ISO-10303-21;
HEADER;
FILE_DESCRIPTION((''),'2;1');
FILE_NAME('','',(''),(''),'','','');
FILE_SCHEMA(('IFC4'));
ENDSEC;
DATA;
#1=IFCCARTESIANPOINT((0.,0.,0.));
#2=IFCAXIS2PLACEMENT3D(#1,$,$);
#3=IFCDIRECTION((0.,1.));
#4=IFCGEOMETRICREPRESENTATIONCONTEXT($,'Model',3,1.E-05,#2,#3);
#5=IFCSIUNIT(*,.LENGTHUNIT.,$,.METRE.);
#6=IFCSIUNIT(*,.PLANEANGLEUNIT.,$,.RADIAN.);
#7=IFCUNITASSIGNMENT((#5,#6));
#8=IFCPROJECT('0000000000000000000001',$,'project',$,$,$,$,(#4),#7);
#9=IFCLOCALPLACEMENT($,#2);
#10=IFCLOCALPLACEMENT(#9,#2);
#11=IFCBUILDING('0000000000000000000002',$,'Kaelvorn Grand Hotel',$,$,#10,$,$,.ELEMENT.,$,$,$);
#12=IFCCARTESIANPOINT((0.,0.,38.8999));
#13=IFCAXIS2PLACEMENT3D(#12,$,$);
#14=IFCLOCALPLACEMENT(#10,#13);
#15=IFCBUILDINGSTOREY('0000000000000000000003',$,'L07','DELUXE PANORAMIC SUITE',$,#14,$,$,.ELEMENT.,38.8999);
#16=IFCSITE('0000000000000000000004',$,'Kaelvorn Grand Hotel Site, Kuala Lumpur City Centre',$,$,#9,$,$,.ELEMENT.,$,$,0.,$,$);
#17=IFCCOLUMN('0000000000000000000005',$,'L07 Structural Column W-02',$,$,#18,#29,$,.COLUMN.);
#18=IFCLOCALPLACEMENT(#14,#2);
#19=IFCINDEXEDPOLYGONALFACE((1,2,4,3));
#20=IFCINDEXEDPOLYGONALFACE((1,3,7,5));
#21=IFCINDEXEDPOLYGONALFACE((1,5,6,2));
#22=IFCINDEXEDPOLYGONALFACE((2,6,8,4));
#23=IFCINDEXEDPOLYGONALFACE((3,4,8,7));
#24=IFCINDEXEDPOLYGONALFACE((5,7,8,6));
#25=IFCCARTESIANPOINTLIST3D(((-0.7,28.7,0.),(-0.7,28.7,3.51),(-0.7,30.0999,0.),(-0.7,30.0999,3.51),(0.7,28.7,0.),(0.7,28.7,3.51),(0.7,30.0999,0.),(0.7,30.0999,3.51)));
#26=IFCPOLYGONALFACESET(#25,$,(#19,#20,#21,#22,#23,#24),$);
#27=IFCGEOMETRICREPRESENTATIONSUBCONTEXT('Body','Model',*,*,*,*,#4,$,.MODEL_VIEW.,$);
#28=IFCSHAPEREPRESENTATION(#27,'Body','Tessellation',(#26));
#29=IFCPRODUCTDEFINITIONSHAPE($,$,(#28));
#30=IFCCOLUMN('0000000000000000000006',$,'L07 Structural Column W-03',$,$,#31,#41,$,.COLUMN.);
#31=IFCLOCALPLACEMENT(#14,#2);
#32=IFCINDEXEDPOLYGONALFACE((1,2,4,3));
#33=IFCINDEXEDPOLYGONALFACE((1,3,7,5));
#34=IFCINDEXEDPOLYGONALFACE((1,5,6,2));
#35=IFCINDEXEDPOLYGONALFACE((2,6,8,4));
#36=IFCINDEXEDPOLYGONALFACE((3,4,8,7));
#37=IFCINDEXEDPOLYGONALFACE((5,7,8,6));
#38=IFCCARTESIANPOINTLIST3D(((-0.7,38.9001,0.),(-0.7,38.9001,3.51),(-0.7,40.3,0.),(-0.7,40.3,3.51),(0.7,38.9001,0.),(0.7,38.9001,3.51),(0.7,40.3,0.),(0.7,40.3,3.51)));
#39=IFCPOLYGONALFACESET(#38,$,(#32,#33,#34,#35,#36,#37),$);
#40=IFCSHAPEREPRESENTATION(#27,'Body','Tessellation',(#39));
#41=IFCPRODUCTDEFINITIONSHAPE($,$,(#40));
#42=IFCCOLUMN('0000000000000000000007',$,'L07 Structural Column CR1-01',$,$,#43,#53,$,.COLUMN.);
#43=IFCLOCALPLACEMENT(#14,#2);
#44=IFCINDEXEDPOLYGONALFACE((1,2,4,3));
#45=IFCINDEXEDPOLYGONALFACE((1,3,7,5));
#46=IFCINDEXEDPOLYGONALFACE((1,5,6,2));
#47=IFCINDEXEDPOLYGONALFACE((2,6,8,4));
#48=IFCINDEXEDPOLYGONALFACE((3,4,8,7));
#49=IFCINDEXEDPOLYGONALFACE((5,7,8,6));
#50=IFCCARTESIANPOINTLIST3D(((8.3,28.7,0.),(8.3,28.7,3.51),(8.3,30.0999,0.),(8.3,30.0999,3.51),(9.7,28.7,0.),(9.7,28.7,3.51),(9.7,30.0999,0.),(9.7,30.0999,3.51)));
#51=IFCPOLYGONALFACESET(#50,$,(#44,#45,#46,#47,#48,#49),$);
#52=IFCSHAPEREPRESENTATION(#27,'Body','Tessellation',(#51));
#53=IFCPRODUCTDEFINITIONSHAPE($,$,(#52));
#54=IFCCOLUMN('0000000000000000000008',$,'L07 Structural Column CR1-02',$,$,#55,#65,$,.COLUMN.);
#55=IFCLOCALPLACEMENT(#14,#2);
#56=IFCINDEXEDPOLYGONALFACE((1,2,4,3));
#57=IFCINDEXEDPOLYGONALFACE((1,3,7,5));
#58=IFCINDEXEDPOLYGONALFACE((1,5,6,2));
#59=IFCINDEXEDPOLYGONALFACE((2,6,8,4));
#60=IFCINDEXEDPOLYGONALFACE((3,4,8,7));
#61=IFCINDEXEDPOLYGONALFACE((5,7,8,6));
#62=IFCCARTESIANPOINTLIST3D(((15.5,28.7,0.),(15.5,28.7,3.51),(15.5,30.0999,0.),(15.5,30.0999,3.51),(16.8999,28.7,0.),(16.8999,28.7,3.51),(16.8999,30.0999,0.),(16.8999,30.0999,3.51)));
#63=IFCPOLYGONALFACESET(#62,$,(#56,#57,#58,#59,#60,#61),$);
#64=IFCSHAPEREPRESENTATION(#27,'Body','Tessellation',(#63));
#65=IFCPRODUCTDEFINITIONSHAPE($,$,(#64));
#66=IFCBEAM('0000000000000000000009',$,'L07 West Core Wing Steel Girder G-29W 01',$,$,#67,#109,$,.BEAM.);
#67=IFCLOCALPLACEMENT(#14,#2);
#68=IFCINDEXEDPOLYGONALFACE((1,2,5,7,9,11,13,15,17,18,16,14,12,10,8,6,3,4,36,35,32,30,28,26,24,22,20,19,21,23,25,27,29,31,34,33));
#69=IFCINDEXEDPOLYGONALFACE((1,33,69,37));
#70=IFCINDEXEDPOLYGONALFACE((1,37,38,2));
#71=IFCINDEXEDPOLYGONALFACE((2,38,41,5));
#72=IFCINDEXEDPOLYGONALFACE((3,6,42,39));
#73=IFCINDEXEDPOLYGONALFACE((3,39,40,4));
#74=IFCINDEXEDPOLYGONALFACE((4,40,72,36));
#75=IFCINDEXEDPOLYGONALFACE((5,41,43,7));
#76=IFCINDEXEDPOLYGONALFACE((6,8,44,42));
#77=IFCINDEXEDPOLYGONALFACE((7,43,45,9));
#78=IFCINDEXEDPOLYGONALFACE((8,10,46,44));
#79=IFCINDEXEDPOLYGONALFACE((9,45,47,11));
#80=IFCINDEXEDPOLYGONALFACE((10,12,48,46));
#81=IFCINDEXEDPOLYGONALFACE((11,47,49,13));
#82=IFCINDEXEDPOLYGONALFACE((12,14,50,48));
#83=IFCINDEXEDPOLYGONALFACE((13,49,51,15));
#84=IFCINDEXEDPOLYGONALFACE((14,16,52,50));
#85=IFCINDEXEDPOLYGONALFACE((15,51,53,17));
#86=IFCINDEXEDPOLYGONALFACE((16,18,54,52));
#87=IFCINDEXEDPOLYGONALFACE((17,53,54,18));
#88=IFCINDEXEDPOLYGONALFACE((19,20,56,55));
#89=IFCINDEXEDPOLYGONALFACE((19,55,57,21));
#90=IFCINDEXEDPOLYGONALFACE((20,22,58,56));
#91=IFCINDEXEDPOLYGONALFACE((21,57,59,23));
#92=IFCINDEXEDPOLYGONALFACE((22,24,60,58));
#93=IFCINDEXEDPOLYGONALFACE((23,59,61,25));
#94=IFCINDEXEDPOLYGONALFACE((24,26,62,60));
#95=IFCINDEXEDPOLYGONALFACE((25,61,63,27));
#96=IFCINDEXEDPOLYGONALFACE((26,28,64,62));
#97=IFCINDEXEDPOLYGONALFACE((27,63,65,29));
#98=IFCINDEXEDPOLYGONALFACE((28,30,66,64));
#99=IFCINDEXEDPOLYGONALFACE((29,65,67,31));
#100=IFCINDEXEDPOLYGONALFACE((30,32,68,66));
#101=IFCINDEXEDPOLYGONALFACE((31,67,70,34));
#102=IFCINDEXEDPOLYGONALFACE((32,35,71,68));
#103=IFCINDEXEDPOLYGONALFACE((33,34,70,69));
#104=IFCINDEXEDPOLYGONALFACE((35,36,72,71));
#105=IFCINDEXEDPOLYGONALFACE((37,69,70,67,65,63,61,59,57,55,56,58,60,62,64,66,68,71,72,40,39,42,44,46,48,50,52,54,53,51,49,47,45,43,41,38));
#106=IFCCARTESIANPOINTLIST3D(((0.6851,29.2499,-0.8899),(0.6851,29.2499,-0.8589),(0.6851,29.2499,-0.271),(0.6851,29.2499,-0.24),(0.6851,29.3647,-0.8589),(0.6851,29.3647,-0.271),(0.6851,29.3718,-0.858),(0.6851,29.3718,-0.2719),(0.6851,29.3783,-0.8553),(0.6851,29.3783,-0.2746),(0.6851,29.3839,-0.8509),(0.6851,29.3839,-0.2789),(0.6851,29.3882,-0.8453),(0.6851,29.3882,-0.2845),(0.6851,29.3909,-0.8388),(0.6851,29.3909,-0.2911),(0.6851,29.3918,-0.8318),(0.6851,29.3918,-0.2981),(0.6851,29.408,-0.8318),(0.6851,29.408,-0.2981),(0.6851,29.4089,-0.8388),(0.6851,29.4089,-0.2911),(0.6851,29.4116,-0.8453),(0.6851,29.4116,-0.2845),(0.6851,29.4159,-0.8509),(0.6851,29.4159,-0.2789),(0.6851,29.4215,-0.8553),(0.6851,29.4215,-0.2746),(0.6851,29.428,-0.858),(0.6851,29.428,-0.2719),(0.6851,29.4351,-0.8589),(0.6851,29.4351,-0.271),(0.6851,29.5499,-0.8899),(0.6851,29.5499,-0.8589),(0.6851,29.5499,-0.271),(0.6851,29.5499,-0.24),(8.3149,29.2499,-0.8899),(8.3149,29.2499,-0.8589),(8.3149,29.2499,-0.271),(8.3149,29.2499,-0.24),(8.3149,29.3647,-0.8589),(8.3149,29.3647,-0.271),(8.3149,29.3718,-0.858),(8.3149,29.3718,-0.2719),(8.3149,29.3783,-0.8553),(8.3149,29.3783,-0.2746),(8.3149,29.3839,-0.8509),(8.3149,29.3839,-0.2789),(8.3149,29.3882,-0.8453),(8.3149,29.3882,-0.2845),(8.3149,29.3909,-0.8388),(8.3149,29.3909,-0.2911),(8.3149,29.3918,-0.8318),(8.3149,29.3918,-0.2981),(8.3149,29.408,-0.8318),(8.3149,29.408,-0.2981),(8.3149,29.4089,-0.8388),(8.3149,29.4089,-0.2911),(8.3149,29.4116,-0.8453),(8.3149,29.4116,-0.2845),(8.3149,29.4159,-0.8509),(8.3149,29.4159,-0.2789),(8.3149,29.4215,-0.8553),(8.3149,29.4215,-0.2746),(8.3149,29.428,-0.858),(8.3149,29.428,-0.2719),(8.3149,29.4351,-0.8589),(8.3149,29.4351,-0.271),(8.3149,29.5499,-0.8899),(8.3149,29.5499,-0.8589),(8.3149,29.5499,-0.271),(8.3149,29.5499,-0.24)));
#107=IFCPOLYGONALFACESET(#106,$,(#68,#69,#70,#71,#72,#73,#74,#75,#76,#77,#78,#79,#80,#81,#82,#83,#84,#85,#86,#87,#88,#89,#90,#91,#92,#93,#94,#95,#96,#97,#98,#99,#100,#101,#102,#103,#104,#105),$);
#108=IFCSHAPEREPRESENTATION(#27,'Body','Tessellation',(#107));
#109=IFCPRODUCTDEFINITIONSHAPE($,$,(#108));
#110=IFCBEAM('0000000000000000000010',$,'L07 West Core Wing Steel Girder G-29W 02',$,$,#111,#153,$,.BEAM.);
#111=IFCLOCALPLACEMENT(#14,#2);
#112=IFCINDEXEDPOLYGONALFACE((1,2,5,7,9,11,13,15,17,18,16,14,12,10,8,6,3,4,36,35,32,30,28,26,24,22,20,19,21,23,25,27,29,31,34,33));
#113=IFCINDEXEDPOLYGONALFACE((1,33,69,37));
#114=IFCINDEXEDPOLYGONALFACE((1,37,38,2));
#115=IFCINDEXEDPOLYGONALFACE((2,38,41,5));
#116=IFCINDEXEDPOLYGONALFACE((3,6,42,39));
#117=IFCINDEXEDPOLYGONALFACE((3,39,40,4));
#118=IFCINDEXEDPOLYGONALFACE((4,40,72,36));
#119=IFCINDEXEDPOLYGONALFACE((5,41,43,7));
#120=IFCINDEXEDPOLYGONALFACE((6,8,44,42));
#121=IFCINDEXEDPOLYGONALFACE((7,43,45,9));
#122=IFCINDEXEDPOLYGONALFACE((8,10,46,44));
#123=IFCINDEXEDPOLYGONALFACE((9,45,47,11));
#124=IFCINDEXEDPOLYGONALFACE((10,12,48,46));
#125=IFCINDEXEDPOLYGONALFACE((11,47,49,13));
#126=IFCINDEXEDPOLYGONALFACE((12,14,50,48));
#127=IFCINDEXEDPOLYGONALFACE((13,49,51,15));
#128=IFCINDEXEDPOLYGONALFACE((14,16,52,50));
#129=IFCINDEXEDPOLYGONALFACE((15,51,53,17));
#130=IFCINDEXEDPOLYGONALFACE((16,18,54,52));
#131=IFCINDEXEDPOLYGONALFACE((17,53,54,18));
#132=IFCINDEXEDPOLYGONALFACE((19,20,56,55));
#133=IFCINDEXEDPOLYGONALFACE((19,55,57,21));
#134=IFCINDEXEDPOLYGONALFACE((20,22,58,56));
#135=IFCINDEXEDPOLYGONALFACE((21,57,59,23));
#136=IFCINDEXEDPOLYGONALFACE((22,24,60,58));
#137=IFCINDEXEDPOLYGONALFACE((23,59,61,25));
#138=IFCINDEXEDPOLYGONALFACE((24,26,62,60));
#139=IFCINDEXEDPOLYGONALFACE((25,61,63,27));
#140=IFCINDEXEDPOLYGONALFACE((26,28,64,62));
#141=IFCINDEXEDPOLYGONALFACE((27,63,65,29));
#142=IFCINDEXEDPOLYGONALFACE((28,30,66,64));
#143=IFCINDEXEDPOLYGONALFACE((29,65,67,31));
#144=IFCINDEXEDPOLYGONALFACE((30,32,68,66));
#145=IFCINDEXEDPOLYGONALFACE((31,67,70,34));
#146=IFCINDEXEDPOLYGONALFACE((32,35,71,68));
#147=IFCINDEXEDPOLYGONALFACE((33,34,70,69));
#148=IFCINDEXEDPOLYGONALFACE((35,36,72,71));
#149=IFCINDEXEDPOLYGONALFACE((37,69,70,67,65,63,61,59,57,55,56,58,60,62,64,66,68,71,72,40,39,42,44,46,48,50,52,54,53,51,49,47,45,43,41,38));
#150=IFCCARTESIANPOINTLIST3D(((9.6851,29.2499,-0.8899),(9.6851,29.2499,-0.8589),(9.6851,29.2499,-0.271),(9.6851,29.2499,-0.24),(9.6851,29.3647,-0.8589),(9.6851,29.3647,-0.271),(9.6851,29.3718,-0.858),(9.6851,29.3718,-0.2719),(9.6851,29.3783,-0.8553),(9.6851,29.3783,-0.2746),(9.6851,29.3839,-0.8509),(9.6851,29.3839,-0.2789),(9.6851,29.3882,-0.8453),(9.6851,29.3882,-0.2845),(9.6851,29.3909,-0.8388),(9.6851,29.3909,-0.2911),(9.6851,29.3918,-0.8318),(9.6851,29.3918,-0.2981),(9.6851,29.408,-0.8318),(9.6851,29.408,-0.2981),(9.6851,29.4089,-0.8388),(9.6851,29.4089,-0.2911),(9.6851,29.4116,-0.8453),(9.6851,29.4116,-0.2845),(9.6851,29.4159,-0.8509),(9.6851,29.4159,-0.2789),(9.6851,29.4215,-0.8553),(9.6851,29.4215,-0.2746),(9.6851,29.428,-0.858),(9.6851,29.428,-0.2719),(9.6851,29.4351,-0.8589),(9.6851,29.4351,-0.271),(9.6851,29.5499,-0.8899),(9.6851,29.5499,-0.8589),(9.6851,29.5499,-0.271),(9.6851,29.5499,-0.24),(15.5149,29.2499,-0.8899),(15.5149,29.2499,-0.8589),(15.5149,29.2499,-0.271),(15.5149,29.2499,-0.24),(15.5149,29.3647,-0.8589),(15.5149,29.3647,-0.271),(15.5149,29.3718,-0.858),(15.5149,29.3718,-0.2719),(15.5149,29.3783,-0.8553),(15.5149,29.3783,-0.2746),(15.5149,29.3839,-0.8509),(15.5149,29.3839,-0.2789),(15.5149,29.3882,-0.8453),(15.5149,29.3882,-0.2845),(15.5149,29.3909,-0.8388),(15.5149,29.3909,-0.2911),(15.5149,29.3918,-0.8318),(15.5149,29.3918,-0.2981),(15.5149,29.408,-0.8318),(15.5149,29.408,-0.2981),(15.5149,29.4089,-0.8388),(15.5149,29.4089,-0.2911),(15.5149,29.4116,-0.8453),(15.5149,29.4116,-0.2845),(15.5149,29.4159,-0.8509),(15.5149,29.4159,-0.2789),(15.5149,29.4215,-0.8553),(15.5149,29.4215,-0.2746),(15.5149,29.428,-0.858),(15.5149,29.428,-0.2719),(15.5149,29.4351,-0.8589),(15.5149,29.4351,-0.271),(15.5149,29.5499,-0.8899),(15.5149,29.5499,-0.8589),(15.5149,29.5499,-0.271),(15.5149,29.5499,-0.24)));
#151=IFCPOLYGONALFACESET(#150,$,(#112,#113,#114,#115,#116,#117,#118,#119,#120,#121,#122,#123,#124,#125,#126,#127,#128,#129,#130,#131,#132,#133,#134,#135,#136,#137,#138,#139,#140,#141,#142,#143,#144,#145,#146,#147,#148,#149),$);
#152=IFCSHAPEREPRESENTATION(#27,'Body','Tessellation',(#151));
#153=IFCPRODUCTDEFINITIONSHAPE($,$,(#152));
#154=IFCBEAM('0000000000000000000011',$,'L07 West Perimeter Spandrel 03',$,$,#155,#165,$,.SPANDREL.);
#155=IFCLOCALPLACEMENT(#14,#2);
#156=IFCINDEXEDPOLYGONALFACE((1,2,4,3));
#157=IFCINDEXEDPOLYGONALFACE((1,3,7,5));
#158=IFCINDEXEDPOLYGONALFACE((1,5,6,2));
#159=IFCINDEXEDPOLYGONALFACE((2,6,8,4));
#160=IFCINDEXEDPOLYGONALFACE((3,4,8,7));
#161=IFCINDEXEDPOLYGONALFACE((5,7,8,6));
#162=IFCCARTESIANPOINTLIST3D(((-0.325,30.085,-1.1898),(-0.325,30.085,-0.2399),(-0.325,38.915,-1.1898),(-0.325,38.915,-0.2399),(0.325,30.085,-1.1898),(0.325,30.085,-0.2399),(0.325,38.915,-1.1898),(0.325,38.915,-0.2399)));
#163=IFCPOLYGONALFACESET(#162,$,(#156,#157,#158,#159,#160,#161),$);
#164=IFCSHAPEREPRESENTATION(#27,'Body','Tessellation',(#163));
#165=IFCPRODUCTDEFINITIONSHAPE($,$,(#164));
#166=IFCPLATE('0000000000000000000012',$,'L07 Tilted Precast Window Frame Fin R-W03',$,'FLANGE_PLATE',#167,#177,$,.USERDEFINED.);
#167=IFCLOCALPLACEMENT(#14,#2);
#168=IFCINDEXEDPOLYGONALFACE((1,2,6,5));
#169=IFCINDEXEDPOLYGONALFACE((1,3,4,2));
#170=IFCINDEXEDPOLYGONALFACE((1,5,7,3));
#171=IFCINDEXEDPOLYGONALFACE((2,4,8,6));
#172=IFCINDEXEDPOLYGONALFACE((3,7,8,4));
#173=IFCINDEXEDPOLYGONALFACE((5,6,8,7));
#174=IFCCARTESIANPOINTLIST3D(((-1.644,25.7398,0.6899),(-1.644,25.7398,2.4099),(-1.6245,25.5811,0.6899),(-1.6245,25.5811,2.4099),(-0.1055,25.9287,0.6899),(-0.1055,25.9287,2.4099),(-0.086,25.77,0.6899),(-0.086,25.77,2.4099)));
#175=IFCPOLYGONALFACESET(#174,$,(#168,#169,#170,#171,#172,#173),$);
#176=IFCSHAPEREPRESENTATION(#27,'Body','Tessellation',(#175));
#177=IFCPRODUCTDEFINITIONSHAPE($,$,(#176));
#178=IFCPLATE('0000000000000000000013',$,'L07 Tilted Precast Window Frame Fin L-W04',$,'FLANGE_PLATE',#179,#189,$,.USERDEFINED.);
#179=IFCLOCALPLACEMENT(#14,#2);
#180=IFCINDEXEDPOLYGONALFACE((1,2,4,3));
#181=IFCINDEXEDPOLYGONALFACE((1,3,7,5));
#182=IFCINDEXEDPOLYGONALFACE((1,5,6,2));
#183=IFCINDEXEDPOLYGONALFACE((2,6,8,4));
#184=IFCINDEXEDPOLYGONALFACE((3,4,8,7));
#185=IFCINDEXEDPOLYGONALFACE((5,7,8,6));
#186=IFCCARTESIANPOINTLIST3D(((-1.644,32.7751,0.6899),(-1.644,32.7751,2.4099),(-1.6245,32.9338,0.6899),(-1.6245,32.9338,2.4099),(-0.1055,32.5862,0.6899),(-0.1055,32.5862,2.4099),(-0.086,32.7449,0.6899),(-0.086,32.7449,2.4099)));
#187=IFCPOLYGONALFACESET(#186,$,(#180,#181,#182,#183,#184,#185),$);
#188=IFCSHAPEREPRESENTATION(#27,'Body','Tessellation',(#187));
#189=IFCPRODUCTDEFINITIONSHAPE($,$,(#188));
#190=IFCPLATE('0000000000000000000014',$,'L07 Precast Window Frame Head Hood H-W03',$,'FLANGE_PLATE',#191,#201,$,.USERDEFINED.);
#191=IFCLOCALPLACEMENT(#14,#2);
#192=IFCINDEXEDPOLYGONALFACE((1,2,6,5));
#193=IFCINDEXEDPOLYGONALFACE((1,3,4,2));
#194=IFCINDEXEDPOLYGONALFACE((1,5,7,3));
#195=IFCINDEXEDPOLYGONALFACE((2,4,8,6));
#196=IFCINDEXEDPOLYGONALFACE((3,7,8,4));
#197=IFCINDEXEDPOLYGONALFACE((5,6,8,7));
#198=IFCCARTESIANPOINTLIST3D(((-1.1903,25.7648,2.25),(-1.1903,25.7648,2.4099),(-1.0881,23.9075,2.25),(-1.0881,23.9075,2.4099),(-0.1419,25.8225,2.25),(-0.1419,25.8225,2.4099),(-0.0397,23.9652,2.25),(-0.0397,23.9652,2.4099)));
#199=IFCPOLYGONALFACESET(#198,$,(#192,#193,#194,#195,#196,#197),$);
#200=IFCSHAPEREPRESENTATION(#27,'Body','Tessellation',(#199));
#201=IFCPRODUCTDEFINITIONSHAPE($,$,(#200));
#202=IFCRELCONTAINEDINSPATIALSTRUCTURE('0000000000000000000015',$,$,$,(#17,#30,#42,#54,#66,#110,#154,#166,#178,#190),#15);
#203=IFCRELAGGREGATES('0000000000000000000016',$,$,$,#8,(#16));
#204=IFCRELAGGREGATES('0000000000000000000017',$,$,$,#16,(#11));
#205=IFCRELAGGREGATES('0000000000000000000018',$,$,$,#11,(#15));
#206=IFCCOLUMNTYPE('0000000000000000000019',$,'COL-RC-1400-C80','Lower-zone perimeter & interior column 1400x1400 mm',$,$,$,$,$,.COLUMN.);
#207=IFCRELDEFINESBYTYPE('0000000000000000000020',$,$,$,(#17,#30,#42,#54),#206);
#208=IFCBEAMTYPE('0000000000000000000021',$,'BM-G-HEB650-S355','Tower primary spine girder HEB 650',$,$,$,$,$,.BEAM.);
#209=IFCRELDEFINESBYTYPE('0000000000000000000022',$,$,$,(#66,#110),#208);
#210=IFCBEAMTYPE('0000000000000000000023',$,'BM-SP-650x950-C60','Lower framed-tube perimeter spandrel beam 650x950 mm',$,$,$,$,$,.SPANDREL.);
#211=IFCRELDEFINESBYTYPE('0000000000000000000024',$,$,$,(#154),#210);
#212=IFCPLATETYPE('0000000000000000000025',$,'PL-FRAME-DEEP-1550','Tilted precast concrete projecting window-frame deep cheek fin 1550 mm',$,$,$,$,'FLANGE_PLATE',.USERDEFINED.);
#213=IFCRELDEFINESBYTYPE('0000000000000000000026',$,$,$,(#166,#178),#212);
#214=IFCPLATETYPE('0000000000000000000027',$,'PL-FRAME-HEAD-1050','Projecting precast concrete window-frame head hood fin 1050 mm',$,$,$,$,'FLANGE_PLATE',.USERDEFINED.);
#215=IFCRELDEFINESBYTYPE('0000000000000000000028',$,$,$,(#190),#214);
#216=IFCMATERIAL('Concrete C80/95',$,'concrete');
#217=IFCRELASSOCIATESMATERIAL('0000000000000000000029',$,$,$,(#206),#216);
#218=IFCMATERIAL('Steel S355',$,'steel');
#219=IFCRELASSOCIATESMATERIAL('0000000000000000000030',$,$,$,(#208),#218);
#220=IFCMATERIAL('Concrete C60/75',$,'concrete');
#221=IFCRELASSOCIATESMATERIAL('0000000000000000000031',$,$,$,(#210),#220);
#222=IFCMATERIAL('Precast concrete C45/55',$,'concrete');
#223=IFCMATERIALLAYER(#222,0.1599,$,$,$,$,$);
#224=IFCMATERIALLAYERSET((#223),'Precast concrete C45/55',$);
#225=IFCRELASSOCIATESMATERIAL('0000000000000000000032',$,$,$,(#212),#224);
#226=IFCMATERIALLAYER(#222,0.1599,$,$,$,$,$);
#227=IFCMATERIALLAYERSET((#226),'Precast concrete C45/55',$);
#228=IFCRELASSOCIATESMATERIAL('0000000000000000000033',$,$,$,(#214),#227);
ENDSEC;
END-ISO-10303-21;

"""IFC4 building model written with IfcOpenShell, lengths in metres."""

from ifc_helpers import new_model, si_unit, direction, frame, origin, origin_2d, place, context, subcontext, project, spatial, rectangle, i_section, extrude, material, layer, layer_set, material_profile, profile_set, type_object, element, save


model = new_model("IFC4")

# Units and contexts
model_context = context("Model", 3, precision=1e-05, world=origin(), true_north=direction((0.0, 1.0)))
body_context = subcontext(model_context, "Body", "Model", "MODEL_VIEW")
ifc_project = project(units=[si_unit("LENGTHUNIT", "METRE"), si_unit("PLANEANGLEUNIT", "RADIAN")], contexts=[model_context])

# Site, building, storey
site_placement = place(None, origin())
site = spatial("IfcSite", under=ifc_project, at=site_placement, Name="Kaelvorn Grand Hotel Site, Kuala Lumpur City Centre", CompositionType="ELEMENT", RefElevation=0.0)
building_placement = place(site_placement, origin())
building = spatial("IfcBuilding", under=site, at=building_placement, Name="Kaelvorn Grand Hotel", CompositionType="ELEMENT")
storey_placement = place(building_placement, frame((0.0, 0.0, 38.8999)))
storey = spatial("IfcBuildingStorey", under=building, at=storey_placement, Name="L07", Description="DELUXE PANORAMIC SUITE", CompositionType="ELEMENT", Elevation=38.8999)

# Columns
ifc_material_1 = material(Name="Concrete C80/95", Category="concrete")
ifc_material_profile_1 = material_profile(ifc_material_1, rectangle(XDim=1.3999, YDim=1.3999, at=origin_2d()), Name="RC COL 1400x1400")
ifc_profile_set_1 = profile_set([ifc_material_profile_1], Name="Concrete C80/95")
column_type = type_object("IfcColumnType", Name="COL-RC-1400-C80", Description="Lower-zone perimeter & interior column 1400x1400 mm", PredefinedType="COLUMN", material=ifc_profile_set_1)
for number, where, z_axis, x_axis, name in (
    (1, (0.0, 29.3999, 0.0), (0.0, 0.0, 1.0), (1.0, 0.0, 0.0), "L07 Structural Column W-02"),
    (2, (0.0, 39.6001, 0.0), (0.0, 0.0, 1.0), (1.0, 0.0, 0.0), "L07 Structural Column W-03"),
    (3, (9.0, 29.3999, 0.0), (0.0, 0.0, 1.0), (1.0, 0.0, 0.0), "L07 Structural Column CR1-01"),
    (4, (16.2, 29.3999, 0.0), (0.0, 0.0, 1.0), (1.0, 0.0, 0.0), "L07 Structural Column CR1-02"),
):
    element("IfcColumn", number, at=place(storey_placement, frame(where, z_axis=z_axis, x_axis=x_axis)), inside=storey, type_object=column_type, Name=name, PredefinedType="COLUMN", context=body_context, shape_type="SweptSolid", body=[
        extrude(rectangle(XDim=1.3999, YDim=1.3999, at=origin_2d()), origin(), (0.0, 0.0, 1.0), 3.51),
    ])

# Beams
ifc_material_2 = material(Name="Steel S355", Category="steel")
ifc_material_profile_2 = material_profile(ifc_material_2, i_section(OverallWidth=0.3, OverallDepth=0.6499, WebThickness=0.0161, FlangeThickness=0.031, FilletRadius=0.0271, at=origin_2d()), Name="HEB 650")
ifc_profile_set_2 = profile_set([ifc_material_profile_2], Name="Steel S355")
beam_type_1 = type_object("IfcBeamType", Name="BM-G-HEB650-S355", Description="Tower primary spine girder HEB 650", PredefinedType="BEAM", material=ifc_profile_set_2)
beam_1_placement = place(storey_placement, frame((0.6851, 29.3999, -0.5649), z_axis=(1.0, 0.0, 0.0), x_axis=(0.0, 1.0, 0.0)))
element("IfcBeam", 5, at=beam_1_placement, inside=storey, type_object=beam_type_1, Name="L07 West Core Wing Steel Girder G-29W 01", PredefinedType="BEAM", context=body_context, shape_type="SweptSolid", body=[
    extrude(i_section(OverallWidth=0.3, OverallDepth=0.6499, WebThickness=0.0161, FlangeThickness=0.031, FilletRadius=0.0271, at=origin_2d()), origin(), (0.0, 0.0, 1.0), 7.6299),
])
beam_2_placement = place(storey_placement, frame((9.6851, 29.3999, -0.5649), z_axis=(1.0, 0.0, 0.0), x_axis=(0.0, 1.0, 0.0)))
element("IfcBeam", 6, at=beam_2_placement, inside=storey, type_object=beam_type_1, Name="L07 West Core Wing Steel Girder G-29W 02", PredefinedType="BEAM", context=body_context, shape_type="SweptSolid", body=[
    extrude(i_section(OverallWidth=0.3, OverallDepth=0.6499, WebThickness=0.0161, FlangeThickness=0.031, FilletRadius=0.0271, at=origin_2d()), origin(), (0.0, 0.0, 1.0), 5.8298),
])
ifc_material_3 = material(Name="Concrete C60/75", Category="concrete")
ifc_material_profile_3 = material_profile(ifc_material_3, rectangle(XDim=0.6499, YDim=0.95, at=origin_2d()), Name="RC SPANDREL 650x950")
ifc_profile_set_3 = profile_set([ifc_material_profile_3], Name="Concrete C60/75")
beam_type_2 = type_object("IfcBeamType", Name="BM-SP-650x950-C60", Description="Lower framed-tube perimeter spandrel beam 650x950 mm", PredefinedType="SPANDREL", material=ifc_profile_set_3)
beam_3_placement = place(storey_placement, frame((0.0, 30.085, -0.7148), z_axis=(0.0, 1.0, 0.0), x_axis=(-1.0, 0.0, 0.0)))
element("IfcBeam", 7, at=beam_3_placement, inside=storey, type_object=beam_type_2, Name="L07 West Perimeter Spandrel 03", PredefinedType="SPANDREL", context=body_context, shape_type="SweptSolid", body=[
    extrude(rectangle(XDim=0.6499, YDim=0.95, at=origin_2d()), origin(), (0.0, 0.0, 1.0), 8.8301),
])

# Plates
ifc_material_4 = material(Name="Precast concrete C45/55", Category="concrete")
ifc_layer_1 = layer(ifc_material_4, 0.1599)
ifc_layer_set_1 = layer_set([ifc_layer_1], Name="Precast concrete C45/55")
plate_type_1 = type_object("IfcPlateType", Name="PL-FRAME-DEEP-1550", Description="Tilted precast concrete projecting window-frame deep cheek fin 1550 mm", ElementType="FLANGE_PLATE", PredefinedType="USERDEFINED", material=ifc_layer_set_1)
for number, where, z_axis, x_axis, name in (
    (8, (-0.865, 25.7549, 0.6899), (0.0, 0.0, 1.0), (-0.121869, 0.992546, 0.0), "L07 Tilted Precast Window Frame Fin R-W03"),
    (9, (-0.865, 32.76, 0.6899), (0.0, 0.0, 1.0), (0.121869, 0.992546, 0.0), "L07 Tilted Precast Window Frame Fin L-W04"),
):
    element("IfcPlate", number, at=place(storey_placement, frame(where, z_axis=z_axis, x_axis=x_axis)), inside=storey, type_object=plate_type_1, Name=name, ObjectType="FLANGE_PLATE", PredefinedType="USERDEFINED", context=body_context, shape_type="SweptSolid", body=[
        extrude(rectangle(XDim=0.1599, YDim=1.55, at=origin_2d()), origin(), (0.0, 0.0, 1.0), 1.72),
    ])
ifc_layer_2 = layer(ifc_material_4, 0.1599)
ifc_layer_set_2 = layer_set([ifc_layer_2], Name="Precast concrete C45/55")
plate_type_2 = type_object("IfcPlateType", Name="PL-FRAME-HEAD-1050", Description="Projecting precast concrete window-frame head hood fin 1050 mm", ElementType="FLANGE_PLATE", PredefinedType="USERDEFINED", material=ifc_layer_set_2)
for number, where, z_axis, x_axis, name in (
    (10, (-0.615, 24.865, 2.25), (0.0, 0.0, 1.0), (-0.05495, 0.998489, 0.0), "L07 Precast Window Frame Head Hood H-W03"),
):
    element("IfcPlate", number, at=place(storey_placement, frame(where, z_axis=z_axis, x_axis=x_axis)), inside=storey, type_object=plate_type_2, Name=name, ObjectType="FLANGE_PLATE", PredefinedType="USERDEFINED", context=body_context, shape_type="SweptSolid", body=[
        extrude(rectangle(XDim=1.8601, YDim=1.05, at=origin_2d()), origin(), (0.0, 0.0, 1.0), 0.1599),
    ])

save(model, "model.ifc")
